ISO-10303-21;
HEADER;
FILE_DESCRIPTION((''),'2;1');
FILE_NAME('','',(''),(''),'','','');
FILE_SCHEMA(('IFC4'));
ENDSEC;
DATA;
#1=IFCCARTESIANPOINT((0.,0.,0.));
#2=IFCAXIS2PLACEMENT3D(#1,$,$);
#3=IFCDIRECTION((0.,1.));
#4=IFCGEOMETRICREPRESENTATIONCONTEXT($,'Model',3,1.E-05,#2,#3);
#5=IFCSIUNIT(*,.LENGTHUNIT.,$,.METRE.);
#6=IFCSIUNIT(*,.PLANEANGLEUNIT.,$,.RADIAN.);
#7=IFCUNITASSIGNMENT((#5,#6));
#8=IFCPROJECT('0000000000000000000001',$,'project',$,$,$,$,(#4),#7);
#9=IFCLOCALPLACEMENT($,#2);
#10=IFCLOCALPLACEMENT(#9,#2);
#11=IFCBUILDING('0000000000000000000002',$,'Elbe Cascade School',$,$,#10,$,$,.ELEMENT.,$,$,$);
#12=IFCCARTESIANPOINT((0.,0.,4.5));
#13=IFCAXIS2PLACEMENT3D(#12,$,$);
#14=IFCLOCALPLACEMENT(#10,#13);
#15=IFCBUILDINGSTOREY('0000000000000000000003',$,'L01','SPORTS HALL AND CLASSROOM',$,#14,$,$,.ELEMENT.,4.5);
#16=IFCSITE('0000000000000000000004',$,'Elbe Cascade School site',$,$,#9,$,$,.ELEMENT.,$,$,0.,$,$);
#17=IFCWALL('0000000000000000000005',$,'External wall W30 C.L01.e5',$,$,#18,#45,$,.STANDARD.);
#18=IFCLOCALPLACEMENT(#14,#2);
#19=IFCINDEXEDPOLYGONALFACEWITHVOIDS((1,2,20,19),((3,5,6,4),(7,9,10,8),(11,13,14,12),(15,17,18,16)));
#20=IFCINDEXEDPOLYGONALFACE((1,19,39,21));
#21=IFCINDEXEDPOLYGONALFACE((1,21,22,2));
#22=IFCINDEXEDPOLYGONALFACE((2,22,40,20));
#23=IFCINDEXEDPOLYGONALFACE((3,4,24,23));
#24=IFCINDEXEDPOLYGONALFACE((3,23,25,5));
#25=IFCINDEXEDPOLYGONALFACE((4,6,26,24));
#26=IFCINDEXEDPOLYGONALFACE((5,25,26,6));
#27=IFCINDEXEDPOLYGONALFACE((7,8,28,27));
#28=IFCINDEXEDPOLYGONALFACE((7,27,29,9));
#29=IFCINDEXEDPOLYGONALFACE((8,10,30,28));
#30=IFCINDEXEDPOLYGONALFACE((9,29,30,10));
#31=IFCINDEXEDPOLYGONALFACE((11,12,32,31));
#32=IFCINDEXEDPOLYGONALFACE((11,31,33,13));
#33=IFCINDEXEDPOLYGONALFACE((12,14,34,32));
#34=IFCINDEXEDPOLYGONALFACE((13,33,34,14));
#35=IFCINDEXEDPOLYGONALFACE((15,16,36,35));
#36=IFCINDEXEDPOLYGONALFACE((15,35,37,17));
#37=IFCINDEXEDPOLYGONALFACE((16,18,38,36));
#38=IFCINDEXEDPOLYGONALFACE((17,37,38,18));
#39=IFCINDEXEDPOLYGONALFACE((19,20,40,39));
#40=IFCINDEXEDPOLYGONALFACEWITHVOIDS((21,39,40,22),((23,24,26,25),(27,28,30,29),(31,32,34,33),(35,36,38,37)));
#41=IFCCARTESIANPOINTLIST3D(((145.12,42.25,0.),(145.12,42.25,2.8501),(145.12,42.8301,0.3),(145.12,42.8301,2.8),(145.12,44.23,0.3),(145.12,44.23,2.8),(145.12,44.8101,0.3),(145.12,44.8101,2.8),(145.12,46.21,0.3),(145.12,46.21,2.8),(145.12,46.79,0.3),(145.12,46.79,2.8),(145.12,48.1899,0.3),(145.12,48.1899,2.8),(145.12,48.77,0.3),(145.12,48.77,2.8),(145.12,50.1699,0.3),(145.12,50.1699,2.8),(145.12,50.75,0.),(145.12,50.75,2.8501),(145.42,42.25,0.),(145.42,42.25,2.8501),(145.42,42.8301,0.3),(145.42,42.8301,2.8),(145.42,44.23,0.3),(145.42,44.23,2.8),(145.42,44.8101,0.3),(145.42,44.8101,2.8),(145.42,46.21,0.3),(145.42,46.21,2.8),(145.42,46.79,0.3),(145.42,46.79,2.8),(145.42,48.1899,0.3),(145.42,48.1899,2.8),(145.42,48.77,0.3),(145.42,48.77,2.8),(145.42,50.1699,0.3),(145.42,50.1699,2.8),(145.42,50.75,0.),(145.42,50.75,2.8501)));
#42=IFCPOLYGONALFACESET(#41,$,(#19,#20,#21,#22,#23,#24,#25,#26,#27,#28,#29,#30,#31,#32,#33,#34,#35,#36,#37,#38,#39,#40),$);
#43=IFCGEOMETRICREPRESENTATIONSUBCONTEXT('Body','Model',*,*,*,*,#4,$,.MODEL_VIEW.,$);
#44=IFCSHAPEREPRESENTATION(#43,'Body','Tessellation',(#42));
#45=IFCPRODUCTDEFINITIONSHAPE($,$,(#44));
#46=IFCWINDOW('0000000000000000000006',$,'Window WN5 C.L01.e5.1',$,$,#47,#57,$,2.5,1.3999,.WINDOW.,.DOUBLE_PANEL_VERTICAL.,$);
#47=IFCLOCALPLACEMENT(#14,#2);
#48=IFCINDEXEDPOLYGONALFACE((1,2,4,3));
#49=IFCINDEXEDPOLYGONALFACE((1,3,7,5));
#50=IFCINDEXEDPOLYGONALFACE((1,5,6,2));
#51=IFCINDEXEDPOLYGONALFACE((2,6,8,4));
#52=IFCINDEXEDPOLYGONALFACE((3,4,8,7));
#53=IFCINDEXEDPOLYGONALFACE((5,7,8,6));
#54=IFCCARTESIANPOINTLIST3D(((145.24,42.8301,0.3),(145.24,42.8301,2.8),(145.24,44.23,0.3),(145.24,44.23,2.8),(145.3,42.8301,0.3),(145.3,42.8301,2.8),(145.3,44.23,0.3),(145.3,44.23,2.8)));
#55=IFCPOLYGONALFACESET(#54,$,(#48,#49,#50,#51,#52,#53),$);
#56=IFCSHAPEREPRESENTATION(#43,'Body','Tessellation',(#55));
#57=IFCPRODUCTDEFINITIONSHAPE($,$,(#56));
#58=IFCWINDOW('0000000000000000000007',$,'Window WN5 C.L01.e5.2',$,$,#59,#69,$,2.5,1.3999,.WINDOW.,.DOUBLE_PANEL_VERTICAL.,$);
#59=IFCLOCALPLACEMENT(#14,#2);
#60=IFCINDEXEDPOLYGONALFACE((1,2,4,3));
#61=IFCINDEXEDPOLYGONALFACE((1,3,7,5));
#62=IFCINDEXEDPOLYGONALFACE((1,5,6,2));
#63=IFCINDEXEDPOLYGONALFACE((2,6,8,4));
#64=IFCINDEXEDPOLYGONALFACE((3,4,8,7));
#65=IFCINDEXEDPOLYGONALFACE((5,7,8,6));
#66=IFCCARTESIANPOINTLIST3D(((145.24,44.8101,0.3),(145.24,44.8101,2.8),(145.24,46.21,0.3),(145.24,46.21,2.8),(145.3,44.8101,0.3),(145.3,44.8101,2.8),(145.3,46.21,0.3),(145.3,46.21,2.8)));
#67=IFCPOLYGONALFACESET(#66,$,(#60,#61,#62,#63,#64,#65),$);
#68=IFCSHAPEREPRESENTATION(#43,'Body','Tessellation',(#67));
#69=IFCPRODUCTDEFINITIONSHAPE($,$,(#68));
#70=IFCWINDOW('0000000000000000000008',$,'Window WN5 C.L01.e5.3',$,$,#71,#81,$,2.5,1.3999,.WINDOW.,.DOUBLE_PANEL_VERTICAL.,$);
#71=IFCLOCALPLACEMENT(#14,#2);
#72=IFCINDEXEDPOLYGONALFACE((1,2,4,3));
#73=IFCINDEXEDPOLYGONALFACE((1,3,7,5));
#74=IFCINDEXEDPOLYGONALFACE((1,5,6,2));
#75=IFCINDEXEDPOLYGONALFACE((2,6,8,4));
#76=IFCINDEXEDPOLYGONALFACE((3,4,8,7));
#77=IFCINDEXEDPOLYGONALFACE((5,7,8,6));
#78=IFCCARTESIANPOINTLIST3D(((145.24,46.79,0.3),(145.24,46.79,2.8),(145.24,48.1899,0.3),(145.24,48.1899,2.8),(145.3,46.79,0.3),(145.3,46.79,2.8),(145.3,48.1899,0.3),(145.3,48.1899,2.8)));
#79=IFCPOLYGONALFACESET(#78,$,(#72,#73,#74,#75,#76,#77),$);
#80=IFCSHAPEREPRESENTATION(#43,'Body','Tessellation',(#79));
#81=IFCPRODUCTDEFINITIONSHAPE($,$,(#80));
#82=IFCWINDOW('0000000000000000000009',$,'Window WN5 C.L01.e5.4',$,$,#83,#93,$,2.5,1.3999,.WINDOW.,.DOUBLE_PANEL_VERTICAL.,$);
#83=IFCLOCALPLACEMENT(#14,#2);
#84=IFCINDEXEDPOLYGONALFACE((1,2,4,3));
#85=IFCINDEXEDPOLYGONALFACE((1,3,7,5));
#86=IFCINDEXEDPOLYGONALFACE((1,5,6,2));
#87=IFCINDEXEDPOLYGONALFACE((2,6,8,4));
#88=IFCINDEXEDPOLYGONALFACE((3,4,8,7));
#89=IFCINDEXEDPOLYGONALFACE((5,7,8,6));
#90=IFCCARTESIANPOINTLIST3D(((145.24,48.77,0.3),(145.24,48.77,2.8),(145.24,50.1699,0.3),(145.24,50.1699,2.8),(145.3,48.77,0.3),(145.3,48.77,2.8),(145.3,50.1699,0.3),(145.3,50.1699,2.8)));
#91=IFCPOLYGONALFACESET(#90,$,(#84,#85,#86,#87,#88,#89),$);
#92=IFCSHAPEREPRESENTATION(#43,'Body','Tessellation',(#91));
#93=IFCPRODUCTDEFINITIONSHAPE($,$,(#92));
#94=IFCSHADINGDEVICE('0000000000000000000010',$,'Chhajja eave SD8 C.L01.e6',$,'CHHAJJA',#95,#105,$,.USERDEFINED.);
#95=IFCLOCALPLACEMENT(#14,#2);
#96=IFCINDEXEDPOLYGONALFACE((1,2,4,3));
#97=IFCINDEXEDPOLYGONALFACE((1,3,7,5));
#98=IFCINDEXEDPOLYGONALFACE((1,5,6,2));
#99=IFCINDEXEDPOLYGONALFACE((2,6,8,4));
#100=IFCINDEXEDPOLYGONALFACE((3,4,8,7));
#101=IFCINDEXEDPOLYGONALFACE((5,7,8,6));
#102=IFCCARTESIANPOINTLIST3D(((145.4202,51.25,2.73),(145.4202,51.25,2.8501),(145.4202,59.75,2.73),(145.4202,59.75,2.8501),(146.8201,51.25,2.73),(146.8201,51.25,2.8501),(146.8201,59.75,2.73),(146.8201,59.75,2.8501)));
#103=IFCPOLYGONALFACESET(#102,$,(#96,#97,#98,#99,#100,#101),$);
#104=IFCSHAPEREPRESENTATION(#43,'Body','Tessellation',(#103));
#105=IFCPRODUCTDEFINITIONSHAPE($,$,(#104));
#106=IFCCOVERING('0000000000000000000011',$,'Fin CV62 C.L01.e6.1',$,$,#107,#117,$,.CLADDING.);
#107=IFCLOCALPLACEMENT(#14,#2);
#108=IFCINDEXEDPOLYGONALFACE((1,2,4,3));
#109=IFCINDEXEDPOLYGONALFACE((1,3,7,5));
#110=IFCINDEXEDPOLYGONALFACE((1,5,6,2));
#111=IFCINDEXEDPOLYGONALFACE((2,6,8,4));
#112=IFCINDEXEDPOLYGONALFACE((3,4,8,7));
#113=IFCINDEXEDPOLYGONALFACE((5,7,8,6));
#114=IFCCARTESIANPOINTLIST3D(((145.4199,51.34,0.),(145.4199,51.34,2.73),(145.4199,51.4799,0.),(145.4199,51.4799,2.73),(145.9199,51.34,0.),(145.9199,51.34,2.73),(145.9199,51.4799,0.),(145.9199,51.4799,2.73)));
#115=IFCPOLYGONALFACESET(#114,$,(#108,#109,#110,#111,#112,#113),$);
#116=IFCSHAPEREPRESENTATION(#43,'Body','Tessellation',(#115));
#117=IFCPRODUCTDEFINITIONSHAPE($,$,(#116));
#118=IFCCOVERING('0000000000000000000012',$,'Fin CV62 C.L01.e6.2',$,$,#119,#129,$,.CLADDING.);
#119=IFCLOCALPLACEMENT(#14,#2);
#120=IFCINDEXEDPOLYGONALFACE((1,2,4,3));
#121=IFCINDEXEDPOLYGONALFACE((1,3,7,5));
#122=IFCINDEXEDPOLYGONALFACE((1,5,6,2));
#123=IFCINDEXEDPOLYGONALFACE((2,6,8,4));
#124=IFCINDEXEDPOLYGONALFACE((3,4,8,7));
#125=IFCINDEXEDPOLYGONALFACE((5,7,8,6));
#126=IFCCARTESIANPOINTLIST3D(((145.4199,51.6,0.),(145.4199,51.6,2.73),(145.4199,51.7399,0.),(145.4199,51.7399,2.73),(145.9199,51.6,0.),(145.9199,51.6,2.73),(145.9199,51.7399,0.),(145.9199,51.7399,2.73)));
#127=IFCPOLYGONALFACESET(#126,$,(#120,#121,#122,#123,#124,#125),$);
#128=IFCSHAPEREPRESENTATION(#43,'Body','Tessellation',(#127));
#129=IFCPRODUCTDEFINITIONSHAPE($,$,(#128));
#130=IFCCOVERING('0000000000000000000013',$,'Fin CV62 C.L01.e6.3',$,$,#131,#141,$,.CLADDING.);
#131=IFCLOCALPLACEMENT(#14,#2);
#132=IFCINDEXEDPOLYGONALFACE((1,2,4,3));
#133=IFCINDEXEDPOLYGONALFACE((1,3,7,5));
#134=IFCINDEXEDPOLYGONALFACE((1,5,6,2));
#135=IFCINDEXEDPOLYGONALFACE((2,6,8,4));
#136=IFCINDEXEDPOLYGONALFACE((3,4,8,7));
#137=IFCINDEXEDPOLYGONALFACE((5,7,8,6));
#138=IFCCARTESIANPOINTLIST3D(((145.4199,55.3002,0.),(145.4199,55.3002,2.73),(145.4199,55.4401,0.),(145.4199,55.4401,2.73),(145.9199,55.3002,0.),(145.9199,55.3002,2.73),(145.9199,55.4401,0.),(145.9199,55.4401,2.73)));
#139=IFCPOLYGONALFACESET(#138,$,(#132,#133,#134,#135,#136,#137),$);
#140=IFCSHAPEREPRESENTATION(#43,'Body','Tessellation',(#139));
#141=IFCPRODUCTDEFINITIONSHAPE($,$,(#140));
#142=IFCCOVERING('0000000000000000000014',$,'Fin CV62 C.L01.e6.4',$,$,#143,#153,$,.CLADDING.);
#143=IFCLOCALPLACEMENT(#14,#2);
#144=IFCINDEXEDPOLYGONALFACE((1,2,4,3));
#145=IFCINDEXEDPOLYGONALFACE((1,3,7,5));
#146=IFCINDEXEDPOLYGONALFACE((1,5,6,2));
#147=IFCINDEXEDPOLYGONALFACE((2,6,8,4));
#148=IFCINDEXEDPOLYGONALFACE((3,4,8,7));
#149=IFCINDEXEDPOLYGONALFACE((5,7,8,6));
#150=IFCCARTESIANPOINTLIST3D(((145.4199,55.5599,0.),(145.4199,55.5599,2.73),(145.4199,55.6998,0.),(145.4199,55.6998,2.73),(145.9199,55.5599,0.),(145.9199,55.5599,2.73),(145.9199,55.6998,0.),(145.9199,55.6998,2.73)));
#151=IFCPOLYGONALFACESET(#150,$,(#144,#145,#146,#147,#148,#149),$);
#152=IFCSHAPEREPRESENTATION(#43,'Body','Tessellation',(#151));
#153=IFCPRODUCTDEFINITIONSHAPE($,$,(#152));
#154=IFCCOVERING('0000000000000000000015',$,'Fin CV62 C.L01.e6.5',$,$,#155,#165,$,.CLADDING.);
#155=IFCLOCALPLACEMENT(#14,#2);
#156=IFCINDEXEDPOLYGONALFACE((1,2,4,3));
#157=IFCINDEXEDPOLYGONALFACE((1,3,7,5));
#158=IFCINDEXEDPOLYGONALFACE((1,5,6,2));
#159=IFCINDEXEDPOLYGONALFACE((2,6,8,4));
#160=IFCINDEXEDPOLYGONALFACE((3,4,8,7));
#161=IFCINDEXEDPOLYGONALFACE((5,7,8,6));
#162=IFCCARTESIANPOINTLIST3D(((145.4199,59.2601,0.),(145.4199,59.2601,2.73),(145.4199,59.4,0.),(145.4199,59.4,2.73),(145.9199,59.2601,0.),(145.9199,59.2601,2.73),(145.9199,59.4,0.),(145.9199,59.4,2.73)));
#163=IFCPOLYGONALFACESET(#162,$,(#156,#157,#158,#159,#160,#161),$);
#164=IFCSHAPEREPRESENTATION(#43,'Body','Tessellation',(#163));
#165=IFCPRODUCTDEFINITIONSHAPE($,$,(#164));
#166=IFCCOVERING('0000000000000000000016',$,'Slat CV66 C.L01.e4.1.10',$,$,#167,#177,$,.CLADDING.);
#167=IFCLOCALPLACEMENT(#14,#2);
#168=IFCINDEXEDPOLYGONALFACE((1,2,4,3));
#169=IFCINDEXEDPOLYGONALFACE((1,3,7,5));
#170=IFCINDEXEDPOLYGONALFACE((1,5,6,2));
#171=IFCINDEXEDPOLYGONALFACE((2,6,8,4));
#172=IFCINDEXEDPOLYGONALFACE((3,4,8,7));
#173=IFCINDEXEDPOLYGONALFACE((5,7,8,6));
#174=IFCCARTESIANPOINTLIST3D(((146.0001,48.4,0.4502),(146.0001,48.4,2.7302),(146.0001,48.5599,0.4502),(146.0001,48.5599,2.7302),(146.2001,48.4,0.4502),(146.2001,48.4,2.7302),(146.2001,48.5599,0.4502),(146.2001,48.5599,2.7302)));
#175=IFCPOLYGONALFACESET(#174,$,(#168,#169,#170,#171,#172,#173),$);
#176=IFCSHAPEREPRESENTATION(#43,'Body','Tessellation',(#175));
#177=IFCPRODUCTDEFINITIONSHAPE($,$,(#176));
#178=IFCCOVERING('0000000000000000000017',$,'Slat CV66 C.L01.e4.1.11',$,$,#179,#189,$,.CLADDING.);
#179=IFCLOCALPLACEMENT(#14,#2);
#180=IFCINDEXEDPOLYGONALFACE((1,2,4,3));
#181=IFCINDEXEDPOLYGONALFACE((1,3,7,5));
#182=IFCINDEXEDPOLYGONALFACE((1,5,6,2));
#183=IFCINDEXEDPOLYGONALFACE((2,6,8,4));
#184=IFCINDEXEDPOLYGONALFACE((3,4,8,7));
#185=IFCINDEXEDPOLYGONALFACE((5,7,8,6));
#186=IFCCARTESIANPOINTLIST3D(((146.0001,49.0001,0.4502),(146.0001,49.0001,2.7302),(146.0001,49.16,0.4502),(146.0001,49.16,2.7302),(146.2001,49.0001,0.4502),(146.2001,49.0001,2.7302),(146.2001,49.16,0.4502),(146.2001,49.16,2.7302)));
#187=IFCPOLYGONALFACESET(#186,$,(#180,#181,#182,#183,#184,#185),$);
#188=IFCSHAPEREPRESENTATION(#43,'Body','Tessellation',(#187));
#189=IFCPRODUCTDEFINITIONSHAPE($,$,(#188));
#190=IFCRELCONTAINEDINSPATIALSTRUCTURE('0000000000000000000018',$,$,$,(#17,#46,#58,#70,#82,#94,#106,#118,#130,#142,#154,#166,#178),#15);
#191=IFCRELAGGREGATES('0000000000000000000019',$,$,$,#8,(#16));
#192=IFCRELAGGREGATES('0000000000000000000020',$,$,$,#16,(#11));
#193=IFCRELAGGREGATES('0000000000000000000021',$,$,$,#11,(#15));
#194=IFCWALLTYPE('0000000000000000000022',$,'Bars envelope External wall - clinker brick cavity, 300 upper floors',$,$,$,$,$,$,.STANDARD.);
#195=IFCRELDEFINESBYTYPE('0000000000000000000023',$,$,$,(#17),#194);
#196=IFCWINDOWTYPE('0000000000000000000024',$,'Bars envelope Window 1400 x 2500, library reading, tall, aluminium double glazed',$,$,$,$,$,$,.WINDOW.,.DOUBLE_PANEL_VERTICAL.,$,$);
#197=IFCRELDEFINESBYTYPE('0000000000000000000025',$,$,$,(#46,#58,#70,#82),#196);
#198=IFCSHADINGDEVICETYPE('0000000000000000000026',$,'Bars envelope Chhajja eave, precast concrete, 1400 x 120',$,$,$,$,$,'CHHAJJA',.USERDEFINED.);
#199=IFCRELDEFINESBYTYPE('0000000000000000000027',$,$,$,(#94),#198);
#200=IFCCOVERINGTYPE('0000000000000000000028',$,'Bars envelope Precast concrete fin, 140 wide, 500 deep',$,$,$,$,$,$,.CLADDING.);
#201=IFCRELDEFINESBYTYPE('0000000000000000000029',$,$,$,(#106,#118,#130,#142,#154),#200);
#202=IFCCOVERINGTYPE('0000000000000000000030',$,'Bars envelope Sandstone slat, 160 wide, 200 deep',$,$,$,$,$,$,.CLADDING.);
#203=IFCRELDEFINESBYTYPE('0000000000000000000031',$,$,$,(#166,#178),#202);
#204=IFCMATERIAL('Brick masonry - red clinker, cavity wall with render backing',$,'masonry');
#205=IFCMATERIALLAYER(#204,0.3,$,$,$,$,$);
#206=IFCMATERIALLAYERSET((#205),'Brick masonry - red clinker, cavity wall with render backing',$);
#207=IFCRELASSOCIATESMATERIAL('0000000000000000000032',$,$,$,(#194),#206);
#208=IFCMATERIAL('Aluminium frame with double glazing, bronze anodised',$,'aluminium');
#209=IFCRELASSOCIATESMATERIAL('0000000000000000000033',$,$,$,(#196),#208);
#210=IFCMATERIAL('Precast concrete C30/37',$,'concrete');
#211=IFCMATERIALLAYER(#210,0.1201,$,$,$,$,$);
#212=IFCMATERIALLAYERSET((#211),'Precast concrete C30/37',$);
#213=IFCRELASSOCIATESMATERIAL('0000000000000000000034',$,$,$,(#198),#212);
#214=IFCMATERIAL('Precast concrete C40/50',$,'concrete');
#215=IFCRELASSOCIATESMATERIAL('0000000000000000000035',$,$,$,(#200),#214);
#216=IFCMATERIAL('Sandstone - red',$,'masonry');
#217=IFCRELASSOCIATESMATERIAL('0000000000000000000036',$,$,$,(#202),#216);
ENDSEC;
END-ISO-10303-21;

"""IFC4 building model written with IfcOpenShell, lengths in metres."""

from ifc_helpers import new_model, si_unit, direction, frame, frame_2d, origin, origin_2d, place, context, subcontext, project, spatial, rectangle, extrude, material, layer, layer_set, type_object, element, fill, save


model = new_model("IFC4")

# Units and contexts
model_context = context("Model", 3, precision=1e-05, world=origin(), true_north=direction((0.0, 1.0)))
body_context = subcontext(model_context, "Body", "Model", "MODEL_VIEW")
ifc_project = project(units=[si_unit("LENGTHUNIT", "METRE"), si_unit("PLANEANGLEUNIT", "RADIAN")], contexts=[model_context])

# Site, building, storey
site_placement = place(None, origin())
site = spatial("IfcSite", under=ifc_project, at=site_placement, Name="Elbe Cascade School site", CompositionType="ELEMENT", RefElevation=0.0)
building_placement = place(site_placement, origin())
building = spatial("IfcBuilding", under=site, at=building_placement, Name="Elbe Cascade School", CompositionType="ELEMENT")
storey_placement = place(building_placement, frame((0.0, 0.0, 4.5)))
storey = spatial("IfcBuildingStorey", under=building, at=storey_placement, Name="L01", Description="SPORTS HALL AND CLASSROOM", CompositionType="ELEMENT", Elevation=4.5)

# Wall, openings, windows
ifc_material_1 = material(Name="Brick masonry - red clinker, cavity wall with render backing", Category="masonry")
ifc_layer_1 = layer(ifc_material_1, 0.3)
ifc_layer_set_1 = layer_set([ifc_layer_1], Name="Brick masonry - red clinker, cavity wall with render backing")
wall_type_1 = type_object("IfcWallType", Name="Bars envelope External wall - clinker brick cavity, 300 upper floors", PredefinedType="STANDARD", material=ifc_layer_set_1)
wall_1_placement = place(storey_placement, frame((145.27, 50.75, 0.0), z_axis=(0.0, 0.0, 1.0), x_axis=(0.0, -1.0, 0.0)))
wall_1 = element("IfcWall", 1, at=wall_1_placement, inside=storey, type_object=wall_type_1, Name="External wall W30 C.L01.e5", PredefinedType="STANDARD", context=body_context, shape_type="SweptSolid", body=[
    extrude(rectangle(XDim=8.5, YDim=0.3, at=frame_2d((4.25, 0.0))), origin(), (0.0, 0.0, 1.0), 2.8501),
])
opening_1_placement = place(wall_1_placement, frame((6.52, 0.0, 0.3)))
opening_1 = element("IfcOpeningElement", 2, at=opening_1_placement, cuts=wall_1, PredefinedType="OPENING", context=body_context, shape_type="SweptSolid", body=[
    extrude(rectangle(XDim=1.3999, YDim=2.5, at=frame_2d((0.7, 1.25))), frame((0.0, 0.1599, 0.0), z_axis=(0.0, -1.0, 0.0), x_axis=(1.0, 0.0, 0.0)), (0.0, 0.0, 1.0), 0.3201),
])
opening_2_placement = place(wall_1_placement, frame((4.54, 0.0, 0.3)))
opening_2 = element("IfcOpeningElement", 3, at=opening_2_placement, cuts=wall_1, PredefinedType="OPENING", context=body_context, shape_type="SweptSolid", body=[
    extrude(rectangle(XDim=1.3999, YDim=2.5, at=frame_2d((0.7, 1.25))), frame((0.0, 0.1599, 0.0), z_axis=(0.0, -1.0, 0.0), x_axis=(1.0, 0.0, 0.0)), (0.0, 0.0, 1.0), 0.3201),
])
opening_3_placement = place(wall_1_placement, frame((2.5601, 0.0, 0.3)))
opening_3 = element("IfcOpeningElement", 4, at=opening_3_placement, cuts=wall_1, PredefinedType="OPENING", context=body_context, shape_type="SweptSolid", body=[
    extrude(rectangle(XDim=1.3999, YDim=2.5, at=frame_2d((0.7, 1.25))), frame((0.0, 0.1599, 0.0), z_axis=(0.0, -1.0, 0.0), x_axis=(1.0, 0.0, 0.0)), (0.0, 0.0, 1.0), 0.3201),
])
opening_4_placement = place(wall_1_placement, frame((0.5801, 0.0, 0.3)))
opening_4 = element("IfcOpeningElement", 5, at=opening_4_placement, cuts=wall_1, PredefinedType="OPENING", context=body_context, shape_type="SweptSolid", body=[
    extrude(rectangle(XDim=1.3999, YDim=2.5, at=frame_2d((0.7, 1.25))), frame((0.0, 0.1599, 0.0), z_axis=(0.0, -1.0, 0.0), x_axis=(1.0, 0.0, 0.0)), (0.0, 0.0, 1.0), 0.3201),
])
ifc_material_2 = material(Name="Aluminium frame with double glazing, bronze anodised", Category="aluminium")
window_type = type_object("IfcWindowType", Name="Bars envelope Window 1400 x 2500, library reading, tall, aluminium double glazed", PartitioningType="DOUBLE_PANEL_VERTICAL", PredefinedType="WINDOW", material=ifc_material_2)
window_1_placement = place(opening_1_placement, origin())
window_1 = element("IfcWindow", 6, at=window_1_placement, inside=storey, type_object=window_type, Name="Window WN5 C.L01.e5.1", OverallHeight=2.5, OverallWidth=1.3999, PartitioningType="DOUBLE_PANEL_VERTICAL", PredefinedType="WINDOW", context=body_context, shape_type="SweptSolid", body=[
    extrude(rectangle(XDim=1.3999, YDim=2.5, at=frame_2d((0.7, 1.25))), frame((0.0, 0.03, 0.0), z_axis=(0.0, -1.0, 0.0), x_axis=(1.0, 0.0, 0.0)), (0.0, 0.0, 1.0), 0.0601),
])
fill(opening_1, window_1)
window_2_placement = place(opening_2_placement, origin())
window_2 = element("IfcWindow", 7, at=window_2_placement, inside=storey, type_object=window_type, Name="Window WN5 C.L01.e5.2", OverallHeight=2.5, OverallWidth=1.3999, PartitioningType="DOUBLE_PANEL_VERTICAL", PredefinedType="WINDOW", context=body_context, shape_type="SweptSolid", body=[
    extrude(rectangle(XDim=1.3999, YDim=2.5, at=frame_2d((0.7, 1.25))), frame((0.0, 0.03, 0.0), z_axis=(0.0, -1.0, 0.0), x_axis=(1.0, 0.0, 0.0)), (0.0, 0.0, 1.0), 0.0601),
])
fill(opening_2, window_2)
window_3_placement = place(opening_3_placement, origin())
window_3 = element("IfcWindow", 8, at=window_3_placement, inside=storey, type_object=window_type, Name="Window WN5 C.L01.e5.3", OverallHeight=2.5, OverallWidth=1.3999, PartitioningType="DOUBLE_PANEL_VERTICAL", PredefinedType="WINDOW", context=body_context, shape_type="SweptSolid", body=[
    extrude(rectangle(XDim=1.3999, YDim=2.5, at=frame_2d((0.7, 1.25))), frame((0.0, 0.03, 0.0), z_axis=(0.0, -1.0, 0.0), x_axis=(1.0, 0.0, 0.0)), (0.0, 0.0, 1.0), 0.0601),
])
fill(opening_3, window_3)
window_4_placement = place(opening_4_placement, origin())
window_4 = element("IfcWindow", 9, at=window_4_placement, inside=storey, type_object=window_type, Name="Window WN5 C.L01.e5.4", OverallHeight=2.5, OverallWidth=1.3999, PartitioningType="DOUBLE_PANEL_VERTICAL", PredefinedType="WINDOW", context=body_context, shape_type="SweptSolid", body=[
    extrude(rectangle(XDim=1.3999, YDim=2.5, at=frame_2d((0.7, 1.25))), frame((0.0, 0.03, 0.0), z_axis=(0.0, -1.0, 0.0), x_axis=(1.0, 0.0, 0.0)), (0.0, 0.0, 1.0), 0.0601),
])
fill(opening_4, window_4)

# Shading device
ifc_material_3 = material(Name="Precast concrete C30/37", Category="concrete")
ifc_layer_2 = layer(ifc_material_3, 0.1201)
ifc_layer_set_2 = layer_set([ifc_layer_2], Name="Precast concrete C30/37")
shading_device_type = type_object("IfcShadingDeviceType", Name="Bars envelope Chhajja eave, precast concrete, 1400 x 120", ElementType="CHHAJJA", PredefinedType="USERDEFINED", material=ifc_layer_set_2)
shading_device_placement = place(storey_placement, frame((146.1201, 55.5, 2.73), z_axis=(0.0, 0.0, 1.0), x_axis=(0.0, 1.0, 0.0)))
element("IfcShadingDevice", 10, at=shading_device_placement, inside=storey, type_object=shading_device_type, Name="Chhajja eave SD8 C.L01.e6", ObjectType="CHHAJJA", PredefinedType="USERDEFINED", context=body_context, shape_type="SweptSolid", body=[
    extrude(rectangle(XDim=8.5, YDim=1.3999, at=origin_2d()), origin(), (0.0, 0.0, 1.0), 0.1201),
])

# Coverings
ifc_material_4 = material(Name="Precast concrete C40/50", Category="concrete")
covering_type_1 = type_object("IfcCoveringType", Name="Bars envelope Precast concrete fin, 140 wide, 500 deep", PredefinedType="CLADDING", material=ifc_material_4)
for number, where, z_axis, x_axis, name in (
    (11, (145.6699, 51.4099, 0.0), (0.0, 0.0, 1.0), (0.0, 1.0, 0.0), "Fin CV62 C.L01.e6.1"),
    (12, (145.6699, 51.6699, 0.0), (0.0, 0.0, 1.0), (0.0, 1.0, 0.0), "Fin CV62 C.L01.e6.2"),
    (13, (145.6699, 55.3701, 0.0), (0.0, 0.0, 1.0), (0.0, 1.0, 0.0), "Fin CV62 C.L01.e6.3"),
    (14, (145.6699, 55.6299, 0.0), (0.0, 0.0, 1.0), (0.0, 1.0, 0.0), "Fin CV62 C.L01.e6.4"),
    (15, (145.6699, 59.3301, 0.0), (0.0, 0.0, 1.0), (0.0, 1.0, 0.0), "Fin CV62 C.L01.e6.5"),
):
    element("IfcCovering", number, at=place(storey_placement, frame(where, z_axis=z_axis, x_axis=x_axis)), inside=storey, type_object=covering_type_1, Name=name, PredefinedType="CLADDING", context=body_context, shape_type="SweptSolid", body=[
        extrude(rectangle(XDim=0.1399, YDim=0.5, at=origin_2d()), origin(), (0.0, 0.0, 1.0), 2.73),
    ])
ifc_material_5 = material(Name="Sandstone - red", Category="masonry")
covering_type_2 = type_object("IfcCoveringType", Name="Bars envelope Sandstone slat, 160 wide, 200 deep", PredefinedType="CLADDING", material=ifc_material_5)
for number, where, z_axis, x_axis, name in (
    (16, (146.1001, 48.48, 0.4502), (0.0, 0.0, 1.0), (0.0, 1.0, 0.0), "Slat CV66 C.L01.e4.1.10"),
    (17, (146.1001, 49.0801, 0.4502), (0.0, 0.0, 1.0), (0.0, 1.0, 0.0), "Slat CV66 C.L01.e4.1.11"),
):
    element("IfcCovering", number, at=place(storey_placement, frame(where, z_axis=z_axis, x_axis=x_axis)), inside=storey, type_object=covering_type_2, Name=name, PredefinedType="CLADDING", context=body_context, shape_type="SweptSolid", body=[
        extrude(rectangle(XDim=0.1599, YDim=0.2, at=origin_2d()), origin(), (0.0, 0.0, 1.0), 2.28),
    ])

save(model, "model.ifc")
